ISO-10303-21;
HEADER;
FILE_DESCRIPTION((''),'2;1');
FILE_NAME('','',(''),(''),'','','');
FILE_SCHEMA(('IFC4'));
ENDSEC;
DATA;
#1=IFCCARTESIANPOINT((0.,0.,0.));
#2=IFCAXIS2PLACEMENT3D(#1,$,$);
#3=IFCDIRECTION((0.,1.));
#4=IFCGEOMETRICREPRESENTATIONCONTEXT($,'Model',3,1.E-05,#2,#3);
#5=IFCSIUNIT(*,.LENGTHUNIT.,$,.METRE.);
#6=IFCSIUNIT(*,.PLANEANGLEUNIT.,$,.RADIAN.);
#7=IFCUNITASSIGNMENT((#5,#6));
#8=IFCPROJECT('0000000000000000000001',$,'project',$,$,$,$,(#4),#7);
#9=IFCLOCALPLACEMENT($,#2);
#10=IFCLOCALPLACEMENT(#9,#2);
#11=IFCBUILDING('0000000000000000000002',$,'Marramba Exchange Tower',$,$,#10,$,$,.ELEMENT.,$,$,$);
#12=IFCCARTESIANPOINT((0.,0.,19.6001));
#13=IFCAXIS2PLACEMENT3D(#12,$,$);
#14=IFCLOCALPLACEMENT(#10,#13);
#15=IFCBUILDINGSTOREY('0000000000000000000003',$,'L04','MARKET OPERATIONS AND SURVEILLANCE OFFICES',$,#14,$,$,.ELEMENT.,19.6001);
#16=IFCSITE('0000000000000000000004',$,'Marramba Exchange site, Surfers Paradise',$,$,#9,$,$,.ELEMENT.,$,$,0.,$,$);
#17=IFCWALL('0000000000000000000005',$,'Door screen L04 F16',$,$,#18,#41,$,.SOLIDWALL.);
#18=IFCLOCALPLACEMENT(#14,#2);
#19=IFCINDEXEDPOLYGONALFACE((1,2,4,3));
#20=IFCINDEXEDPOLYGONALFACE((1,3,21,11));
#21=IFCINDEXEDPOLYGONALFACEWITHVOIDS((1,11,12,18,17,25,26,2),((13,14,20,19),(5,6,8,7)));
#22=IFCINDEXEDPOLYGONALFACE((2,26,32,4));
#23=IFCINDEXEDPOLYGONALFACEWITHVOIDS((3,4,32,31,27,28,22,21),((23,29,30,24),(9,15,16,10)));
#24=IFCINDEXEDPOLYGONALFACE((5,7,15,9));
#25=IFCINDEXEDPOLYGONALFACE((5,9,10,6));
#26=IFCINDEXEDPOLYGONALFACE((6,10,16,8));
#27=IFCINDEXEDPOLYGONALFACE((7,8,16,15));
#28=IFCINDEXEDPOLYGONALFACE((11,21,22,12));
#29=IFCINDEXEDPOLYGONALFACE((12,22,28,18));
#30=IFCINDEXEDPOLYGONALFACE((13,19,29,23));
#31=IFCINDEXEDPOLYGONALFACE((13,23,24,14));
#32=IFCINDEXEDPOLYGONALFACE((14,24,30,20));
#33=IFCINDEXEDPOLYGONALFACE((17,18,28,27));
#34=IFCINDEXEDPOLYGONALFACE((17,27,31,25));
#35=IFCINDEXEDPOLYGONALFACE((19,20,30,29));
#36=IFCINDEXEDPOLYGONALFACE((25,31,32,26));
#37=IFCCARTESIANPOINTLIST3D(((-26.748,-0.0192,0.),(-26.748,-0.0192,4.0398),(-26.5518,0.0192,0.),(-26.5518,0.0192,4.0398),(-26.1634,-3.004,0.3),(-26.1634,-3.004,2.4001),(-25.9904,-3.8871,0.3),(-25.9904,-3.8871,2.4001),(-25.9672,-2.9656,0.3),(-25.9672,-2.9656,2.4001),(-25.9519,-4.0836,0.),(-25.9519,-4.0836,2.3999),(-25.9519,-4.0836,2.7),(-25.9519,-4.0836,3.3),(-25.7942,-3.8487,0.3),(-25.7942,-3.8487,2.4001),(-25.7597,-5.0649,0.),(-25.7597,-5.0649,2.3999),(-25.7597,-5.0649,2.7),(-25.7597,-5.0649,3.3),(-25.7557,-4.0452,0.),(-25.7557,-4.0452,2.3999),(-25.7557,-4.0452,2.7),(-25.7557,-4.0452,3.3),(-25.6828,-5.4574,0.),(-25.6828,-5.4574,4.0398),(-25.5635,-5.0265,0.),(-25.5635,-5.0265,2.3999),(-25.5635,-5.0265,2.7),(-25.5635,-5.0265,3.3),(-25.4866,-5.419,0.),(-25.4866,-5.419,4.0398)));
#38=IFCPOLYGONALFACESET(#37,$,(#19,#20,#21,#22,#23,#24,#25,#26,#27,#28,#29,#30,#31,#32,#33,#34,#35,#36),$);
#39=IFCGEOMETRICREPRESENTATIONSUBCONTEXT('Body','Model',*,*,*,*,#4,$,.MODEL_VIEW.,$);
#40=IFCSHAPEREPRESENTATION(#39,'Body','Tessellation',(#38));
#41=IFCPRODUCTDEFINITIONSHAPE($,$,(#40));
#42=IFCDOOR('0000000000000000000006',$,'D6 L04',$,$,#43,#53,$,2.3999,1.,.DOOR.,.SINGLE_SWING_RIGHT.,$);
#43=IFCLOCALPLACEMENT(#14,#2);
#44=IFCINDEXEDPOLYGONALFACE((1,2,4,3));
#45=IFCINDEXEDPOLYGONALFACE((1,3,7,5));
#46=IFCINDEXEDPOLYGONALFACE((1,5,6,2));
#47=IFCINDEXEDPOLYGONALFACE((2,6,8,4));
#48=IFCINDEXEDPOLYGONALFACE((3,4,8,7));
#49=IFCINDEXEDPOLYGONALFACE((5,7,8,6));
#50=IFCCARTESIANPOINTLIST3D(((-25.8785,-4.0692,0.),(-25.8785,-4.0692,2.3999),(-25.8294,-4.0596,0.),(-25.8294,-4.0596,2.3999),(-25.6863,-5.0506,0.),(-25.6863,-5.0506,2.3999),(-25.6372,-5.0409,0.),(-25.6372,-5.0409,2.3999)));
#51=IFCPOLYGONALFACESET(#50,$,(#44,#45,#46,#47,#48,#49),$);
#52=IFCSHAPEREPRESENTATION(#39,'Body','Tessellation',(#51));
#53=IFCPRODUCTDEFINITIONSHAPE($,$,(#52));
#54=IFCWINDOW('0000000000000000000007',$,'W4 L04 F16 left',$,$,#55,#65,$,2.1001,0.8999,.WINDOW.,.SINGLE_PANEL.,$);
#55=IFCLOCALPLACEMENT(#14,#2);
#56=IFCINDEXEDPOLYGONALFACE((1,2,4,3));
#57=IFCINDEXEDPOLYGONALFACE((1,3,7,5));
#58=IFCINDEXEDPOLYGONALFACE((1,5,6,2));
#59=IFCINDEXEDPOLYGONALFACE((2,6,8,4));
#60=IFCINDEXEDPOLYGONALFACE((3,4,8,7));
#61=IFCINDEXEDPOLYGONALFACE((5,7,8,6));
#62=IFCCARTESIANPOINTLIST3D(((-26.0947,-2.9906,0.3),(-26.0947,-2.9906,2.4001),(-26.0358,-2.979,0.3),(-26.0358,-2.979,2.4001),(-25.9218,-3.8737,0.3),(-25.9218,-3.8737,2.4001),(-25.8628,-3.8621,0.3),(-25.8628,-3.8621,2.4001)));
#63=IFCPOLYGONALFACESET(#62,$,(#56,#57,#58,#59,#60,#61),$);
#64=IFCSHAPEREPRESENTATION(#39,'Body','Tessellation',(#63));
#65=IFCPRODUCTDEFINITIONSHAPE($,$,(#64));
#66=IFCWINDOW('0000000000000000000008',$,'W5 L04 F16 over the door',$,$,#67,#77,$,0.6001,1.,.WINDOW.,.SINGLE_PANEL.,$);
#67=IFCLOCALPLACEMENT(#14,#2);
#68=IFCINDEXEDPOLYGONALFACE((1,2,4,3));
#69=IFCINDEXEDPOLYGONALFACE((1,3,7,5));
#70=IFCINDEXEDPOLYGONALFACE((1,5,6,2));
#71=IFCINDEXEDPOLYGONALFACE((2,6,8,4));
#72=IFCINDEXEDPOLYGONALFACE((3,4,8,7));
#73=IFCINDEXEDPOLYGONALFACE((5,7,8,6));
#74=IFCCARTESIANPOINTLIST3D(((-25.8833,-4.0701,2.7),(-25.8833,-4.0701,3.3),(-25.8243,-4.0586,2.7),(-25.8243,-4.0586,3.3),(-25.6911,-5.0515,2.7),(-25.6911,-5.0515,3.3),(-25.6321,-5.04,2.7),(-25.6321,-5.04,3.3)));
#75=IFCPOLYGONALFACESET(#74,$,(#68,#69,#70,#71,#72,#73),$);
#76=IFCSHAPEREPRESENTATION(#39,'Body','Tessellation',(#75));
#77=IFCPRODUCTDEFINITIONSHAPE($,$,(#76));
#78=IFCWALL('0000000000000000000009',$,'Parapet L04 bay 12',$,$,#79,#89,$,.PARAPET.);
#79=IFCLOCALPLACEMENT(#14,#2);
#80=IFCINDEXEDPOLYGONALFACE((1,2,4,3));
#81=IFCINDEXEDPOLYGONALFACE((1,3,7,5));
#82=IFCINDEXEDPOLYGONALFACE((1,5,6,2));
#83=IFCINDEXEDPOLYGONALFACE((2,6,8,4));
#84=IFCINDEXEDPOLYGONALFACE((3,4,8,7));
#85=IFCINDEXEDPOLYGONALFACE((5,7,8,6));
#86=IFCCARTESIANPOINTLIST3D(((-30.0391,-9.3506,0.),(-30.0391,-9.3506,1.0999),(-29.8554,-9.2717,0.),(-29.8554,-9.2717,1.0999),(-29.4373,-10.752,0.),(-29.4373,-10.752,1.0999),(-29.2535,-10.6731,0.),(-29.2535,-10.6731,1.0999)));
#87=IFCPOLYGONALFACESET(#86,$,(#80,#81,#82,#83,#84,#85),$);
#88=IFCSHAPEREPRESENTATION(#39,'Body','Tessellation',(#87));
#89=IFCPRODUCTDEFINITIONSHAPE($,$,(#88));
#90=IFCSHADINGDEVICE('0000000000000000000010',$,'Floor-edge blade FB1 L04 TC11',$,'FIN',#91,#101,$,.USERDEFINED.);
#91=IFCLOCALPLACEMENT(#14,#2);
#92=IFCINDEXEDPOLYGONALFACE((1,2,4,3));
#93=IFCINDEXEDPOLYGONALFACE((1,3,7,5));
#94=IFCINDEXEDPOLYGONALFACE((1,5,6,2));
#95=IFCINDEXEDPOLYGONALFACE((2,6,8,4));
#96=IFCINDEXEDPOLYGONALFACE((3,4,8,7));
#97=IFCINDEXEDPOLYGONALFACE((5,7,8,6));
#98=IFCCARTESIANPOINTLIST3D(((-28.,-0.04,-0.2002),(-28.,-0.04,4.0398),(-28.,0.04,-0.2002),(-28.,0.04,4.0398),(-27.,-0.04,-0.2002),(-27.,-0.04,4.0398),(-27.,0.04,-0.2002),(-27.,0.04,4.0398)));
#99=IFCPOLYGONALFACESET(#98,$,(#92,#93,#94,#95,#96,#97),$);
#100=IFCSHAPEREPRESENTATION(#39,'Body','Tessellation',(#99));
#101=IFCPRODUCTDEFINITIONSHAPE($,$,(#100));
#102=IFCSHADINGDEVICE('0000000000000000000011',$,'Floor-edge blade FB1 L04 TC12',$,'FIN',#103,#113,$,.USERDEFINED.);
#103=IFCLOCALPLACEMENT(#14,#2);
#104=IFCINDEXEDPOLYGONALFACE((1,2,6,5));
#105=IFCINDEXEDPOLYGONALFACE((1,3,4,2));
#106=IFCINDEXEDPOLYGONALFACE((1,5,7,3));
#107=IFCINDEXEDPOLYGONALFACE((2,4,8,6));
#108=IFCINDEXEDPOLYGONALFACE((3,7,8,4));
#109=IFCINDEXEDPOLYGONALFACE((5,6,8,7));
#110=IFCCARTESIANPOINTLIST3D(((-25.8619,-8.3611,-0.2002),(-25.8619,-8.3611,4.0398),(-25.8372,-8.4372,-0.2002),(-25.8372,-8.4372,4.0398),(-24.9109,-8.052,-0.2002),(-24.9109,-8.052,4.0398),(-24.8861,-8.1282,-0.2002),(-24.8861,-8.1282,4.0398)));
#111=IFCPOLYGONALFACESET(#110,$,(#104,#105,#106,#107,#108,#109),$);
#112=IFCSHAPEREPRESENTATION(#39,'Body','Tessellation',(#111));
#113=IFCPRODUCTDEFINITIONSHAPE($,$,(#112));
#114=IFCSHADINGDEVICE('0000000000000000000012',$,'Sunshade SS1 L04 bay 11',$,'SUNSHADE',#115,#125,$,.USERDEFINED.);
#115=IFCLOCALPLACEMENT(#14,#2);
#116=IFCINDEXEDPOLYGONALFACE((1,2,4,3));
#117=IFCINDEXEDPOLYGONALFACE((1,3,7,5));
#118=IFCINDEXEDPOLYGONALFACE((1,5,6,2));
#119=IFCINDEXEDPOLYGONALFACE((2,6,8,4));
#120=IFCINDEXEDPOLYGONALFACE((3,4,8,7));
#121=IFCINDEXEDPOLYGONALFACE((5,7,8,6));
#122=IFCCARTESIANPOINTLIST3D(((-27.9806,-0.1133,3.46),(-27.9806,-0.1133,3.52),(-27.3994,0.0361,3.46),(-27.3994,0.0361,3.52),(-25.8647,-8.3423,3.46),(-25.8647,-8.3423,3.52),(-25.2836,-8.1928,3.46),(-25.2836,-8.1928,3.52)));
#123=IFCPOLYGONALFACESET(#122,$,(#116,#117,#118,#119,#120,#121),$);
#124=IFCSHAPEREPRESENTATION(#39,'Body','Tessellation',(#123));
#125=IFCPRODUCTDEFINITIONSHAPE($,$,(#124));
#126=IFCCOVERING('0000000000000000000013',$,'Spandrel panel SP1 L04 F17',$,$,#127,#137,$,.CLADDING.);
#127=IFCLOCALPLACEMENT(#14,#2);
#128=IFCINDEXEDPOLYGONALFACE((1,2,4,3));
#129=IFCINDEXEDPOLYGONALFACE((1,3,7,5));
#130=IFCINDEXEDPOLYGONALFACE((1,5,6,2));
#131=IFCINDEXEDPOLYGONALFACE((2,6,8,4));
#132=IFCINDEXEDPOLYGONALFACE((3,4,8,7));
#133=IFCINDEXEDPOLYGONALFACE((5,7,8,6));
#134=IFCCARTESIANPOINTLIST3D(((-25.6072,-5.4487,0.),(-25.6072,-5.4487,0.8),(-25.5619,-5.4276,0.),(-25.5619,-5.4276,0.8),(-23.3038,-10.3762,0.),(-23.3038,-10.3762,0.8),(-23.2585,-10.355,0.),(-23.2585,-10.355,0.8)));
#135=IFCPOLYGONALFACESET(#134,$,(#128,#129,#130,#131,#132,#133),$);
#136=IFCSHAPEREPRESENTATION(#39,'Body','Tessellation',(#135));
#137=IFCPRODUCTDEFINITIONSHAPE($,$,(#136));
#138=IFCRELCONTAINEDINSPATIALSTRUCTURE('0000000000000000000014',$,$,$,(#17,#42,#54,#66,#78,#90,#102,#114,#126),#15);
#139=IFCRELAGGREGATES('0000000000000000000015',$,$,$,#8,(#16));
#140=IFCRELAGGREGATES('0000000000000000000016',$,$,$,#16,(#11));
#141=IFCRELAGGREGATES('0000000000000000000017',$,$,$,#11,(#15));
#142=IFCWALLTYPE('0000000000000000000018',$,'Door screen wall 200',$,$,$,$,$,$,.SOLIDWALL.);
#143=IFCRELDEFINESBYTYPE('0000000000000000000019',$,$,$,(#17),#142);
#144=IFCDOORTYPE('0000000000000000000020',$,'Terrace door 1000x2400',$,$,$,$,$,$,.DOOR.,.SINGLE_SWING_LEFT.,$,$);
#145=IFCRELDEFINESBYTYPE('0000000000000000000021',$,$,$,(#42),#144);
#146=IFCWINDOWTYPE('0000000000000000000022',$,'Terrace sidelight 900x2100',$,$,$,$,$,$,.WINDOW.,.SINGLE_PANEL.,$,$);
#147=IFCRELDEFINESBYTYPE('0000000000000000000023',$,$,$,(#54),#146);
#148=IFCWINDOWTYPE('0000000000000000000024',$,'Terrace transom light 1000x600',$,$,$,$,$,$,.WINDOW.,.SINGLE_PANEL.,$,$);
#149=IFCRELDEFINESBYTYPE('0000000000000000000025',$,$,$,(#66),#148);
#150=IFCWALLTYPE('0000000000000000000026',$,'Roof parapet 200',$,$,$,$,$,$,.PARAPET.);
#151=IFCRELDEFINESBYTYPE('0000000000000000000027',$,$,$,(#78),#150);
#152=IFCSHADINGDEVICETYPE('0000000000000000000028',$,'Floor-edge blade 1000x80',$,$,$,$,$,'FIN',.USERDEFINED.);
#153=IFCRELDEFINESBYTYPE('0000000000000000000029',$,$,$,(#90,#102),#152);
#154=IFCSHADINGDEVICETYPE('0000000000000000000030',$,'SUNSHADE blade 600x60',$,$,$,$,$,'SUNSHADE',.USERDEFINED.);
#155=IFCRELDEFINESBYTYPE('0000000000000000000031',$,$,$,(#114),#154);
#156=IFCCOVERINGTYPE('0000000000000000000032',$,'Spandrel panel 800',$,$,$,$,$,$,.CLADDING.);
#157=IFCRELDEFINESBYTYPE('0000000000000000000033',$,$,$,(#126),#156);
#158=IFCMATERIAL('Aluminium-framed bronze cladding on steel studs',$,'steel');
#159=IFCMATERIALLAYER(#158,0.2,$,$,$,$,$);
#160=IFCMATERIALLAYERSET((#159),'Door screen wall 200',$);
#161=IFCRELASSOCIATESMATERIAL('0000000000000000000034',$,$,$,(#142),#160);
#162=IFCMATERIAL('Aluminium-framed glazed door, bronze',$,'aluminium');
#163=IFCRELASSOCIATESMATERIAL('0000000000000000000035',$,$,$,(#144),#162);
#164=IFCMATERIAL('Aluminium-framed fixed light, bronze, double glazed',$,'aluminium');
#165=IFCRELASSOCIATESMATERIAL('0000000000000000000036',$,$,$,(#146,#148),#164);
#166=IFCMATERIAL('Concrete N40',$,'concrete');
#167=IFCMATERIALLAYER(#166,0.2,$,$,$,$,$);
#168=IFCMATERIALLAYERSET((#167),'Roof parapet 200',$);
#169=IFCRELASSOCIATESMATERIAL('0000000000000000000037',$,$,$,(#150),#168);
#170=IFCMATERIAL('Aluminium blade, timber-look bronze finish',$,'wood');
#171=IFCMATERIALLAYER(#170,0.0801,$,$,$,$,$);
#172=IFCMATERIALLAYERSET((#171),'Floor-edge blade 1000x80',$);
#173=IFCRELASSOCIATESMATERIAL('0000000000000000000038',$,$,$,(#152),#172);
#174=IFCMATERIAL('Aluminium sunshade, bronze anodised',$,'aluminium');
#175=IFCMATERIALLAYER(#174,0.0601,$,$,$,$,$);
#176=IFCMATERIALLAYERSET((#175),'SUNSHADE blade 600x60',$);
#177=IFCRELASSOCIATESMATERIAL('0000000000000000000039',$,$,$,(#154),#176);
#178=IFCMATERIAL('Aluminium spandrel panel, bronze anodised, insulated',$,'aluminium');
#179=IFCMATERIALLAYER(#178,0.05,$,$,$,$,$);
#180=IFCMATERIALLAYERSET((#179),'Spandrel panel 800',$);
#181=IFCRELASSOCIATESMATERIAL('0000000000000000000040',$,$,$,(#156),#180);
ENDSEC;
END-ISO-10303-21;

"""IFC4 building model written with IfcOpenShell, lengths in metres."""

from ifc_helpers import new_model, si_unit, direction, frame, frame_2d, origin, origin_2d, place, context, subcontext, project, spatial, rectangle, extrude, material, layer, layer_set, type_object, element, fill, save


model = new_model("IFC4")

# Units and contexts
model_context = context("Model", 3, precision=1e-05, world=origin(), true_north=direction((0.0, 1.0)))
body_context = subcontext(model_context, "Body", "Model", "MODEL_VIEW")
ifc_project = project(units=[si_unit("LENGTHUNIT", "METRE"), si_unit("PLANEANGLEUNIT", "RADIAN")], contexts=[model_context])

# Site, building, storey
site_placement = place(None, origin())
site = spatial("IfcSite", under=ifc_project, at=site_placement, Name="Marramba Exchange site, Surfers Paradise", CompositionType="ELEMENT", RefElevation=0.0)
building_placement = place(site_placement, origin())
building = spatial("IfcBuilding", under=site, at=building_placement, Name="Marramba Exchange Tower", CompositionType="ELEMENT")
storey_placement = place(building_placement, frame((0.0, 0.0, 19.6001)))
storey = spatial("IfcBuildingStorey", under=building, at=storey_placement, Name="L04", Description="MARKET OPERATIONS AND SURVEILLANCE OFFICES", CompositionType="ELEMENT", Elevation=19.6001)

# Wall, openings, door, windows
ifc_material_1 = material(Name="Aluminium-framed bronze cladding on steel studs", Category="steel")
ifc_layer_1 = layer(ifc_material_1, 0.2)
ifc_layer_set_1 = layer_set([ifc_layer_1], Name="Door screen wall 200")
wall_type_1 = type_object("IfcWallType", Name="Door screen wall 200", PredefinedType="SOLIDWALL", material=ifc_layer_set_1)
wall_1_placement = place(storey_placement, frame((-26.6499, 0.0, 0.0), z_axis=(0.0, 0.0, 1.0), x_axis=(0.192217, -0.981352, 0.0)))
wall_1 = element("IfcWall", 1, at=wall_1_placement, inside=storey, type_object=wall_type_1, Name="Door screen L04 F16", PredefinedType="SOLIDWALL", context=body_context, shape_type="SweptSolid", body=[
    extrude(rectangle(XDim=5.5415, YDim=0.2, at=frame_2d((2.7708, 0.0))), origin(), (0.0, 0.0, 1.0), 4.0398),
])
opening_1_placement = place(wall_1_placement, frame((4.1416, 0.0, 0.0)))
opening_1 = element("IfcOpeningElement", 2, at=opening_1_placement, cuts=wall_1, PredefinedType="OPENING", context=body_context, shape_type="SweptSolid", body=[
    extrude(rectangle(XDim=1.0, YDim=2.3999, at=frame_2d((0.5, 1.2))), frame((0.0, 0.1099, 0.0), z_axis=(0.0, -1.0, 0.0), x_axis=(1.0, 0.0, 0.0)), (0.0, 0.0, 1.0), 0.22),
])
opening_2_placement = place(wall_1_placement, frame((3.0415, 0.0, 0.3)))
opening_2 = element("IfcOpeningElement", 3, at=opening_2_placement, cuts=wall_1, PredefinedType="OPENING", context=body_context, shape_type="SweptSolid", body=[
    extrude(rectangle(XDim=0.8999, YDim=2.1001, at=frame_2d((0.45, 1.05))), frame((0.0, 0.1099, 0.0), z_axis=(0.0, -1.0, 0.0), x_axis=(1.0, 0.0, 0.0)), (0.0, 0.0, 1.0), 0.22),
])
opening_3_placement = place(wall_1_placement, frame((4.1416, 0.0, 2.7)))
opening_3 = element("IfcOpeningElement", 4, at=opening_3_placement, cuts=wall_1, PredefinedType="OPENING", context=body_context, shape_type="SweptSolid", body=[
    extrude(rectangle(XDim=1.0, YDim=0.6001, at=frame_2d((0.5, 0.3))), frame((0.0, 0.1099, 0.0), z_axis=(0.0, -1.0, 0.0), x_axis=(1.0, 0.0, 0.0)), (0.0, 0.0, 1.0), 0.22),
])
ifc_material_2 = material(Name="Aluminium-framed glazed door, bronze", Category="aluminium")
door_type = type_object("IfcDoorType", Name="Terrace door 1000x2400", OperationType="SINGLE_SWING_LEFT", PredefinedType="DOOR", material=ifc_material_2)
door_placement = place(opening_1_placement, frame((1.0, 0.0, 0.0), z_axis=(0.0, 0.0, 1.0), x_axis=(-1.0, 0.0, 0.0)))
door = element("IfcDoor", 5, at=door_placement, inside=storey, type_object=door_type, Name="D6 L04", OperationType="SINGLE_SWING_RIGHT", OverallHeight=2.3999, OverallWidth=1.0, PredefinedType="DOOR", context=body_context, shape_type="SweptSolid", body=[
    extrude(rectangle(XDim=1.0, YDim=2.3999, at=frame_2d((0.5, 1.2))), frame((0.0, 0.0251, 0.0), z_axis=(0.0, -1.0, 0.0), x_axis=(1.0, 0.0, 0.0)), (0.0, 0.0, 1.0), 0.05),
])
fill(opening_1, door)
ifc_material_3 = material(Name="Aluminium-framed fixed light, bronze, double glazed", Category="aluminium")
window_type_1 = type_object("IfcWindowType", Name="Terrace sidelight 900x2100", PartitioningType="SINGLE_PANEL", PredefinedType="WINDOW", material=ifc_material_3)
window_1_placement = place(opening_2_placement, origin())
window_1 = element("IfcWindow", 6, at=window_1_placement, inside=storey, type_object=window_type_1, Name="W4 L04 F16 left", OverallHeight=2.1001, OverallWidth=0.8999, PartitioningType="SINGLE_PANEL", PredefinedType="WINDOW", context=body_context, shape_type="SweptSolid", body=[
    extrude(rectangle(XDim=0.8999, YDim=2.1001, at=frame_2d((0.45, 1.05))), frame((0.0, 0.03, 0.0), z_axis=(0.0, -1.0, 0.0), x_axis=(1.0, 0.0, 0.0)), (0.0, 0.0, 1.0), 0.0601),
])
fill(opening_2, window_1)
window_type_2 = type_object("IfcWindowType", Name="Terrace transom light 1000x600", PartitioningType="SINGLE_PANEL", PredefinedType="WINDOW", material=ifc_material_3)
window_2_placement = place(opening_3_placement, origin())
window_2 = element("IfcWindow", 7, at=window_2_placement, inside=storey, type_object=window_type_2, Name="W5 L04 F16 over the door", OverallHeight=0.6001, OverallWidth=1.0, PartitioningType="SINGLE_PANEL", PredefinedType="WINDOW", context=body_context, shape_type="SweptSolid", body=[
    extrude(rectangle(XDim=1.0, YDim=0.6001, at=frame_2d((0.5, 0.3))), frame((0.0, 0.03, 0.0), z_axis=(0.0, -1.0, 0.0), x_axis=(1.0, 0.0, 0.0)), (0.0, 0.0, 1.0), 0.0601),
])
fill(opening_3, window_2)

# Wall
ifc_material_4 = material(Name="Concrete N40", Category="concrete")
ifc_layer_2 = layer(ifc_material_4, 0.2)
ifc_layer_set_2 = layer_set([ifc_layer_2], Name="Roof parapet 200")
wall_type_2 = type_object("IfcWallType", Name="Roof parapet 200", PredefinedType="PARAPET", material=ifc_layer_set_2)
wall_2_placement = place(storey_placement, frame((-29.9473, -9.311, 0.0), z_axis=(0.0, 0.0, 1.0), x_axis=(0.394595, -0.918855, 0.0)))
element("IfcWall", 8, at=wall_2_placement, inside=storey, type_object=wall_type_2, Name="Parapet L04 bay 12", PredefinedType="PARAPET", context=body_context, shape_type="SweptSolid", body=[
    extrude(rectangle(XDim=1.5251, YDim=0.2, at=frame_2d((0.7627, 0.0))), origin(), (0.0, 0.0, 1.0), 1.0999),
])

# Shading devices
ifc_material_5 = material(Name="Aluminium blade, timber-look bronze finish", Category="wood")
ifc_layer_3 = layer(ifc_material_5, 0.0801)
ifc_layer_set_3 = layer_set([ifc_layer_3], Name="Floor-edge blade 1000x80")
shading_device_type_1 = type_object("IfcShadingDeviceType", Name="Floor-edge blade 1000x80", ElementType="FIN", PredefinedType="USERDEFINED", material=ifc_layer_set_3)
for number, where, z_axis, x_axis, name in (
    (9, (-27.5, 0.0, -0.2002), (0.0, 0.0, 1.0), (-1.0, 0.0, 0.0), "Floor-edge blade FB1 L04 TC11"),
    (10, (-25.374, -8.2446, -0.2002), (0.0, 0.0, 1.0), (-0.951057, -0.309017, 0.0), "Floor-edge blade FB1 L04 TC12"),
):
    element("IfcShadingDevice", number, at=place(storey_placement, frame(where, z_axis=z_axis, x_axis=x_axis)), inside=storey, type_object=shading_device_type_1, Name=name, ObjectType="FIN", PredefinedType="USERDEFINED", context=body_context, shape_type="SweptSolid", body=[
        extrude(rectangle(XDim=1.0, YDim=0.0801, at=origin_2d()), origin(), (0.0, 0.0, 1.0), 4.24),
    ])
ifc_material_6 = material(Name="Aluminium sunshade, bronze anodised", Category="aluminium")
ifc_layer_4 = layer(ifc_material_6, 0.0601)
ifc_layer_set_4 = layer_set([ifc_layer_4], Name="SUNSHADE blade 600x60")
shading_device_type_2 = type_object("IfcShadingDeviceType", Name="SUNSHADE blade 600x60", ElementType="SUNSHADE", PredefinedType="USERDEFINED", material=ifc_layer_set_4)
shading_device_placement = place(storey_placement, frame((-26.6321, -4.1531, 3.46), z_axis=(0.0, 0.0, 1.0), x_axis=(0.249025, -0.968497, 0.0)))
element("IfcShadingDevice", 11, at=shading_device_placement, inside=storey, type_object=shading_device_type_2, Name="Sunshade SS1 L04 bay 11", ObjectType="SUNSHADE", PredefinedType="USERDEFINED", context=body_context, shape_type="SweptSolid", body=[
    extrude(rectangle(XDim=8.4966, YDim=0.6001, at=origin_2d()), origin(), (0.0, 0.0, 1.0), 0.0601),
])

# Covering
ifc_material_7 = material(Name="Aluminium spandrel panel, bronze anodised, insulated", Category="aluminium")
ifc_layer_5 = layer(ifc_material_7, 0.05)
ifc_layer_set_5 = layer_set([ifc_layer_5], Name="Spandrel panel 800")
covering_type = type_object("IfcCoveringType", Name="Spandrel panel 800", PredefinedType="CLADDING", material=ifc_layer_set_5)
covering_placement = place(storey_placement, frame((-24.4329, -7.9019, 0.0), z_axis=(0.0, 0.0, 1.0), x_axis=(0.423477, -0.905907, 0.0)))
element("IfcCovering", 12, at=covering_placement, inside=storey, type_object=covering_type, Name="Spandrel panel SP1 L04 F17", PredefinedType="CLADDING", context=body_context, shape_type="SweptSolid", body=[
    extrude(rectangle(XDim=5.4392, YDim=0.05, at=origin_2d()), origin(), (0.0, 0.0, 1.0), 0.8),
])

save(model, "model.ifc")
